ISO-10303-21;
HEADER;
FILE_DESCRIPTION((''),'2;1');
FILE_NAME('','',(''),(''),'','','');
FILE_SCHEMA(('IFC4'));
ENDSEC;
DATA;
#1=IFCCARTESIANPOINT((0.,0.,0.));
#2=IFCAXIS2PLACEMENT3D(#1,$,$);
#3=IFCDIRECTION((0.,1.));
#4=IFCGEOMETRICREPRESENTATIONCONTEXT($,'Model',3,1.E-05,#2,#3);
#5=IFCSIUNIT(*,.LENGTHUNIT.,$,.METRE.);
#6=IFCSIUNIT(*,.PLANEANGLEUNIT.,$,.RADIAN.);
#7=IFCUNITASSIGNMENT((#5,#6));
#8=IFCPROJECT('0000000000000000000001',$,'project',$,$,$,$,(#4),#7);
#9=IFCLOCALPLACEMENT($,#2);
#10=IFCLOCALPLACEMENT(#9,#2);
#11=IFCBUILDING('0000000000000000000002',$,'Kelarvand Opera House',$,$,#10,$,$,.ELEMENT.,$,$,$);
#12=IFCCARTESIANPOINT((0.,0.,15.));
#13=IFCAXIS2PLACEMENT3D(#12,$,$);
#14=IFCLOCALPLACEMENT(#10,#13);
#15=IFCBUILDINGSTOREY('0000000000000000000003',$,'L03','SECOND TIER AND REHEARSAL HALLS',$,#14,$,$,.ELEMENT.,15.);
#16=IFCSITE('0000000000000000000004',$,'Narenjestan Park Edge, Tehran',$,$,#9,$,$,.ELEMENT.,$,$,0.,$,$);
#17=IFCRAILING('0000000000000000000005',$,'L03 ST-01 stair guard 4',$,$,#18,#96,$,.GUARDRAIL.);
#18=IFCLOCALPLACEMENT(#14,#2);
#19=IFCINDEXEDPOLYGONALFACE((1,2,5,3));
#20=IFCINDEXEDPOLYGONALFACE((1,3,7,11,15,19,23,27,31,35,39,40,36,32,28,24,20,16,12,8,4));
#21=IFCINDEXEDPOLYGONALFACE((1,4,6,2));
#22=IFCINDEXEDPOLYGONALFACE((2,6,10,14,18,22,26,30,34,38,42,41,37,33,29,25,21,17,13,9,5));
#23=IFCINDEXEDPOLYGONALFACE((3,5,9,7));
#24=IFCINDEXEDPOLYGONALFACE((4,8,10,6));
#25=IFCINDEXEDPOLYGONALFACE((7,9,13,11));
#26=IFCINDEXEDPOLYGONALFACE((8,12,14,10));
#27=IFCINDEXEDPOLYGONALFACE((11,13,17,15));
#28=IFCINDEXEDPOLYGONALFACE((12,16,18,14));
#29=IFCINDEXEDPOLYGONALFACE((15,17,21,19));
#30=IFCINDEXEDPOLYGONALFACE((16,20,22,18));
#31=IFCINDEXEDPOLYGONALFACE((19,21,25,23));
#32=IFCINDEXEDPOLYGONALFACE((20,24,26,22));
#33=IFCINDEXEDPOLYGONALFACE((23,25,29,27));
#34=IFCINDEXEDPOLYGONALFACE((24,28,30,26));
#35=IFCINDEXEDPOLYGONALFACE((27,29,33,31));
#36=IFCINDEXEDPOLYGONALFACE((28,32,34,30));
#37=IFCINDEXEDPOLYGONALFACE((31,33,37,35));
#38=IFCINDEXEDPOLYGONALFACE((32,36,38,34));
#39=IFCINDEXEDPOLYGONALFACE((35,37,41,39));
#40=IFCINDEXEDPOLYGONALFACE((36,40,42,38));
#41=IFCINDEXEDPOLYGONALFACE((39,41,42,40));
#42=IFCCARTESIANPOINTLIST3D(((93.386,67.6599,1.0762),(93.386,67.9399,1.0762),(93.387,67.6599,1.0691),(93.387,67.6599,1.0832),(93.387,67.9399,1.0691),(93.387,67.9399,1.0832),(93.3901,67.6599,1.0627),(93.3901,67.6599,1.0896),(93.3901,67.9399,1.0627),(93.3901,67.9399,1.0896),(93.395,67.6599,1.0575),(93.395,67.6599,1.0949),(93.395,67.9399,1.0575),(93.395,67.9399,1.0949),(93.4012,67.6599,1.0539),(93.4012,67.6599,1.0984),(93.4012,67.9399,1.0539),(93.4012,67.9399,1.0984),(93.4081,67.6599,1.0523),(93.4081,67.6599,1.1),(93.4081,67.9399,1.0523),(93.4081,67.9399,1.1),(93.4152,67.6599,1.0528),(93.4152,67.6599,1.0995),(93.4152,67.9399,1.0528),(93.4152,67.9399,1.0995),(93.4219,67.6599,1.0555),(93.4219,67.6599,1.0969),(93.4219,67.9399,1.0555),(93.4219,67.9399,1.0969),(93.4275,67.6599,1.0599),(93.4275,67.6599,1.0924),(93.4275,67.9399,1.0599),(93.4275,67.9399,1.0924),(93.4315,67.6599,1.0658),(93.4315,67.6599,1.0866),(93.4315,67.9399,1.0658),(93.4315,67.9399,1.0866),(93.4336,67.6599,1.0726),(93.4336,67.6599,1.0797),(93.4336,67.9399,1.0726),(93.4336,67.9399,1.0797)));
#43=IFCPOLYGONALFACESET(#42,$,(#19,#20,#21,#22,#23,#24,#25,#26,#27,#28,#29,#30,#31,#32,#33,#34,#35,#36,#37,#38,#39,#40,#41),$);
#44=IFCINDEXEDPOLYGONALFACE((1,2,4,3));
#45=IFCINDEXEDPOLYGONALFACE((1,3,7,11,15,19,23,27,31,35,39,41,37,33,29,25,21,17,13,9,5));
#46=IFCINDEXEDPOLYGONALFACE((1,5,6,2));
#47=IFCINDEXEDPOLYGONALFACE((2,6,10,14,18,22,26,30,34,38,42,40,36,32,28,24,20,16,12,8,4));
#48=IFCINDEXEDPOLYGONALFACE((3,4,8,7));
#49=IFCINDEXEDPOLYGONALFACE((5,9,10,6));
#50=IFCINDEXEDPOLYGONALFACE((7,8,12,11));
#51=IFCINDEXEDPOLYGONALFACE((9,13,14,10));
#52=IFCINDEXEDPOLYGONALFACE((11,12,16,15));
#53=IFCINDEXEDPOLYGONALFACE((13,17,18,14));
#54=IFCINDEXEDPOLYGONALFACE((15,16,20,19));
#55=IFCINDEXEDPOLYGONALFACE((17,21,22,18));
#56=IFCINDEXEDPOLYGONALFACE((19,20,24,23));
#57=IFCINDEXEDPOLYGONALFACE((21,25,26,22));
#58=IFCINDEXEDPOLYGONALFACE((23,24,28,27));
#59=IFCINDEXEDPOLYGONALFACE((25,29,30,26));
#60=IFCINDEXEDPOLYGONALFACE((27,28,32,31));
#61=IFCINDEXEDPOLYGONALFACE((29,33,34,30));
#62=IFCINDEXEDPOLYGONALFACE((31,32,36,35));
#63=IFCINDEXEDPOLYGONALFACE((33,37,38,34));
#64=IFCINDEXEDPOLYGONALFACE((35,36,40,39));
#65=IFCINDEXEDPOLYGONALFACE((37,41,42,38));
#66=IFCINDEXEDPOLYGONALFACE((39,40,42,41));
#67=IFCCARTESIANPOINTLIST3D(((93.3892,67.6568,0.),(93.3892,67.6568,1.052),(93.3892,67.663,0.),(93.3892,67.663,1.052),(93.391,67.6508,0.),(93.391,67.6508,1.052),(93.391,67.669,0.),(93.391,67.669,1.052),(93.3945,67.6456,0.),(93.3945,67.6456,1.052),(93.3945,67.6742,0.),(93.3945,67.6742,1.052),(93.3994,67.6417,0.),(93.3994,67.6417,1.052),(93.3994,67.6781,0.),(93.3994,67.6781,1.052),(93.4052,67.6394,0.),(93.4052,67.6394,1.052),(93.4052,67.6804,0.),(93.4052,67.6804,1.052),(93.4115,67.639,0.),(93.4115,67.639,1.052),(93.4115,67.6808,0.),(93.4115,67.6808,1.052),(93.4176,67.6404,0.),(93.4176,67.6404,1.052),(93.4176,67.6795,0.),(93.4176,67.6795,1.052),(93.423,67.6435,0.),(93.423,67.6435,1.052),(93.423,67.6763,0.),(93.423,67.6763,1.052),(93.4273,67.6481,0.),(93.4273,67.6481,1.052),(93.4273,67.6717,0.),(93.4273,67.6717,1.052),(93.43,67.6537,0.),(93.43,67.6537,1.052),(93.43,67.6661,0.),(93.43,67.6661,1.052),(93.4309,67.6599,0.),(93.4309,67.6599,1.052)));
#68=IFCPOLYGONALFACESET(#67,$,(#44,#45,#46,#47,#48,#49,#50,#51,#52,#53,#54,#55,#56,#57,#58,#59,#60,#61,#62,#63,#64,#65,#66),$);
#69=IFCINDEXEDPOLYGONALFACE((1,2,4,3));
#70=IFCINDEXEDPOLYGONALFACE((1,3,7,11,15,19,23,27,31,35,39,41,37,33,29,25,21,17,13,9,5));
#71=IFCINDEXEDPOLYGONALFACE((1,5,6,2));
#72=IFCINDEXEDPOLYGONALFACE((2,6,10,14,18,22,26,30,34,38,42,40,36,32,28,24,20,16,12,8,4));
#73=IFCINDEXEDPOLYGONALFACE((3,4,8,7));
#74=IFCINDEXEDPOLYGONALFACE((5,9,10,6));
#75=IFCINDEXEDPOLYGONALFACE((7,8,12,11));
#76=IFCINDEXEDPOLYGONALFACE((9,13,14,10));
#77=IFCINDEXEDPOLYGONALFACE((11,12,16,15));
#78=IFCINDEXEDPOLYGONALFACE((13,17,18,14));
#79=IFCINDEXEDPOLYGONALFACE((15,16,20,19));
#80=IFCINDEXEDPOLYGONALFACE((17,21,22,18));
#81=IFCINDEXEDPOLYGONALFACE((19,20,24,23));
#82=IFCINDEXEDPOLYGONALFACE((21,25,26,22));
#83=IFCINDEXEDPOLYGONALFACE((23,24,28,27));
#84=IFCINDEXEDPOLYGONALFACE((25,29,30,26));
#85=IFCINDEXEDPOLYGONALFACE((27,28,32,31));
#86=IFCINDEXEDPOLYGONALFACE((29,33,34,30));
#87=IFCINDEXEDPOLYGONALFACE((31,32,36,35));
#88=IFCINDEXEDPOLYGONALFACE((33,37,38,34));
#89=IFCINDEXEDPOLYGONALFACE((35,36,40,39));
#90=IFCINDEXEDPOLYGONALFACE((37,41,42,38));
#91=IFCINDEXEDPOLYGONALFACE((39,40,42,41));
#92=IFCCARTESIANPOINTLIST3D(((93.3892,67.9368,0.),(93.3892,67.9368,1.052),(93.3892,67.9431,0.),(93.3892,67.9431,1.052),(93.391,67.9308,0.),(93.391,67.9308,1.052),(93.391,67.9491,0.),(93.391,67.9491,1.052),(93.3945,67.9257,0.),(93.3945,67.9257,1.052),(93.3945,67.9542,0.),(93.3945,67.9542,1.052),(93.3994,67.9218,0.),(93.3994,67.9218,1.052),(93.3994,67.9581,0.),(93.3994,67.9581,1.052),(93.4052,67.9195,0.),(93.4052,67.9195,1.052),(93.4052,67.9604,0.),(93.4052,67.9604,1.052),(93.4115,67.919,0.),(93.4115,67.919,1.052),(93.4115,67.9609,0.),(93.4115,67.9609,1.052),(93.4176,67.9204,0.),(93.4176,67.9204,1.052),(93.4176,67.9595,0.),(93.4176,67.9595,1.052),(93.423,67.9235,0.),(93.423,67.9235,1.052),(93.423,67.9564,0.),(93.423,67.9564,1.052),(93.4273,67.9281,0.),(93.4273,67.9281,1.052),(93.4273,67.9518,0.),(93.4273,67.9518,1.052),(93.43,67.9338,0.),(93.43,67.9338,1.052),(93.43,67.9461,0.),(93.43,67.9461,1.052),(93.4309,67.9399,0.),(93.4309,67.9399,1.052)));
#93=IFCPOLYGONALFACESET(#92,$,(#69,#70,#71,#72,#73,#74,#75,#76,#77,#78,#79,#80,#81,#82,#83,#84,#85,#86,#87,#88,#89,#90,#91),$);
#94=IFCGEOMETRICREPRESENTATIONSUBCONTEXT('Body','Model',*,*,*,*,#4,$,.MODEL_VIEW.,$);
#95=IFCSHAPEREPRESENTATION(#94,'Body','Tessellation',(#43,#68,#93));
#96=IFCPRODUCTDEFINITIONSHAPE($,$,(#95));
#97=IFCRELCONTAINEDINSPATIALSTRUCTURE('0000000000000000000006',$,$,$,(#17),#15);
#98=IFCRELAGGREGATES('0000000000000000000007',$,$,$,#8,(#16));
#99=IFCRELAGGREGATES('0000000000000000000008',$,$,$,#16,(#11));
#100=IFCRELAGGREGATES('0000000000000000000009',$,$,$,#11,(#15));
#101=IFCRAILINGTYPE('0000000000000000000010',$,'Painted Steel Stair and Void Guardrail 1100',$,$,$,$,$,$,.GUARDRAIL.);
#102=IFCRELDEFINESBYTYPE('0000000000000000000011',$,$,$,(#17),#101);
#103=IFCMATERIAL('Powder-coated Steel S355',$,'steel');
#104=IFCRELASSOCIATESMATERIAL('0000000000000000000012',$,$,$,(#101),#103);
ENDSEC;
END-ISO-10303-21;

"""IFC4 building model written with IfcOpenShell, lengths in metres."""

from ifc_helpers import new_model, si_unit, direction, frame, origin, origin_2d, place, context, subcontext, project, spatial, circle, extrude, material, type_object, element, save


model = new_model("IFC4")

# Units and contexts
model_context = context("Model", 3, precision=1e-05, world=origin(), true_north=direction((0.0, 1.0)))
body_context = subcontext(model_context, "Body", "Model", "MODEL_VIEW")
ifc_project = project(units=[si_unit("LENGTHUNIT", "METRE"), si_unit("PLANEANGLEUNIT", "RADIAN")], contexts=[model_context])

# Site, building, storey
site_placement = place(None, origin())
site = spatial("IfcSite", under=ifc_project, at=site_placement, Name="Narenjestan Park Edge, Tehran", CompositionType="ELEMENT", RefElevation=0.0)
building_placement = place(site_placement, origin())
building = spatial("IfcBuilding", under=site, at=building_placement, Name="Kelarvand Opera House", CompositionType="ELEMENT")
storey_placement = place(building_placement, frame((0.0, 0.0, 15.0)))
storey = spatial("IfcBuildingStorey", under=building, at=storey_placement, Name="L03", Description="SECOND TIER AND REHEARSAL HALLS", CompositionType="ELEMENT", Elevation=15.0)

# Railing
ifc_material_1 = material(Name="Powder-coated Steel S355", Category="steel")
railing_type_1 = type_object("IfcRailingType", Name="Painted Steel Stair and Void Guardrail 1100", PredefinedType="GUARDRAIL", material=ifc_material_1)
railing_1_placement = place(storey_placement, frame((93.4099, 67.6599, 0.0)))
element("IfcRailing", 1, at=railing_1_placement, inside=storey, type_object=railing_type_1, Name="L03 ST-01 stair guard 4", PredefinedType="GUARDRAIL", context=body_context, shape_type="SweptSolid", body=[
    extrude(circle(Radius=0.0239, at=origin_2d()), frame((0.0, 0.0, 1.0762), z_axis=(0.0, 1.0, 0.0), x_axis=(-1.0, 0.0, 0.0)), (0.0, 0.0, 1.0), 0.28),
    extrude(circle(Radius=0.021, at=origin_2d()), origin(), (0.0, 0.0, 1.0), 1.052),
    extrude(circle(Radius=0.021, at=origin_2d()), frame((0.0, 0.28, 0.0)), (0.0, 0.0, 1.0), 1.052),
])

save(model, "model.ifc")
